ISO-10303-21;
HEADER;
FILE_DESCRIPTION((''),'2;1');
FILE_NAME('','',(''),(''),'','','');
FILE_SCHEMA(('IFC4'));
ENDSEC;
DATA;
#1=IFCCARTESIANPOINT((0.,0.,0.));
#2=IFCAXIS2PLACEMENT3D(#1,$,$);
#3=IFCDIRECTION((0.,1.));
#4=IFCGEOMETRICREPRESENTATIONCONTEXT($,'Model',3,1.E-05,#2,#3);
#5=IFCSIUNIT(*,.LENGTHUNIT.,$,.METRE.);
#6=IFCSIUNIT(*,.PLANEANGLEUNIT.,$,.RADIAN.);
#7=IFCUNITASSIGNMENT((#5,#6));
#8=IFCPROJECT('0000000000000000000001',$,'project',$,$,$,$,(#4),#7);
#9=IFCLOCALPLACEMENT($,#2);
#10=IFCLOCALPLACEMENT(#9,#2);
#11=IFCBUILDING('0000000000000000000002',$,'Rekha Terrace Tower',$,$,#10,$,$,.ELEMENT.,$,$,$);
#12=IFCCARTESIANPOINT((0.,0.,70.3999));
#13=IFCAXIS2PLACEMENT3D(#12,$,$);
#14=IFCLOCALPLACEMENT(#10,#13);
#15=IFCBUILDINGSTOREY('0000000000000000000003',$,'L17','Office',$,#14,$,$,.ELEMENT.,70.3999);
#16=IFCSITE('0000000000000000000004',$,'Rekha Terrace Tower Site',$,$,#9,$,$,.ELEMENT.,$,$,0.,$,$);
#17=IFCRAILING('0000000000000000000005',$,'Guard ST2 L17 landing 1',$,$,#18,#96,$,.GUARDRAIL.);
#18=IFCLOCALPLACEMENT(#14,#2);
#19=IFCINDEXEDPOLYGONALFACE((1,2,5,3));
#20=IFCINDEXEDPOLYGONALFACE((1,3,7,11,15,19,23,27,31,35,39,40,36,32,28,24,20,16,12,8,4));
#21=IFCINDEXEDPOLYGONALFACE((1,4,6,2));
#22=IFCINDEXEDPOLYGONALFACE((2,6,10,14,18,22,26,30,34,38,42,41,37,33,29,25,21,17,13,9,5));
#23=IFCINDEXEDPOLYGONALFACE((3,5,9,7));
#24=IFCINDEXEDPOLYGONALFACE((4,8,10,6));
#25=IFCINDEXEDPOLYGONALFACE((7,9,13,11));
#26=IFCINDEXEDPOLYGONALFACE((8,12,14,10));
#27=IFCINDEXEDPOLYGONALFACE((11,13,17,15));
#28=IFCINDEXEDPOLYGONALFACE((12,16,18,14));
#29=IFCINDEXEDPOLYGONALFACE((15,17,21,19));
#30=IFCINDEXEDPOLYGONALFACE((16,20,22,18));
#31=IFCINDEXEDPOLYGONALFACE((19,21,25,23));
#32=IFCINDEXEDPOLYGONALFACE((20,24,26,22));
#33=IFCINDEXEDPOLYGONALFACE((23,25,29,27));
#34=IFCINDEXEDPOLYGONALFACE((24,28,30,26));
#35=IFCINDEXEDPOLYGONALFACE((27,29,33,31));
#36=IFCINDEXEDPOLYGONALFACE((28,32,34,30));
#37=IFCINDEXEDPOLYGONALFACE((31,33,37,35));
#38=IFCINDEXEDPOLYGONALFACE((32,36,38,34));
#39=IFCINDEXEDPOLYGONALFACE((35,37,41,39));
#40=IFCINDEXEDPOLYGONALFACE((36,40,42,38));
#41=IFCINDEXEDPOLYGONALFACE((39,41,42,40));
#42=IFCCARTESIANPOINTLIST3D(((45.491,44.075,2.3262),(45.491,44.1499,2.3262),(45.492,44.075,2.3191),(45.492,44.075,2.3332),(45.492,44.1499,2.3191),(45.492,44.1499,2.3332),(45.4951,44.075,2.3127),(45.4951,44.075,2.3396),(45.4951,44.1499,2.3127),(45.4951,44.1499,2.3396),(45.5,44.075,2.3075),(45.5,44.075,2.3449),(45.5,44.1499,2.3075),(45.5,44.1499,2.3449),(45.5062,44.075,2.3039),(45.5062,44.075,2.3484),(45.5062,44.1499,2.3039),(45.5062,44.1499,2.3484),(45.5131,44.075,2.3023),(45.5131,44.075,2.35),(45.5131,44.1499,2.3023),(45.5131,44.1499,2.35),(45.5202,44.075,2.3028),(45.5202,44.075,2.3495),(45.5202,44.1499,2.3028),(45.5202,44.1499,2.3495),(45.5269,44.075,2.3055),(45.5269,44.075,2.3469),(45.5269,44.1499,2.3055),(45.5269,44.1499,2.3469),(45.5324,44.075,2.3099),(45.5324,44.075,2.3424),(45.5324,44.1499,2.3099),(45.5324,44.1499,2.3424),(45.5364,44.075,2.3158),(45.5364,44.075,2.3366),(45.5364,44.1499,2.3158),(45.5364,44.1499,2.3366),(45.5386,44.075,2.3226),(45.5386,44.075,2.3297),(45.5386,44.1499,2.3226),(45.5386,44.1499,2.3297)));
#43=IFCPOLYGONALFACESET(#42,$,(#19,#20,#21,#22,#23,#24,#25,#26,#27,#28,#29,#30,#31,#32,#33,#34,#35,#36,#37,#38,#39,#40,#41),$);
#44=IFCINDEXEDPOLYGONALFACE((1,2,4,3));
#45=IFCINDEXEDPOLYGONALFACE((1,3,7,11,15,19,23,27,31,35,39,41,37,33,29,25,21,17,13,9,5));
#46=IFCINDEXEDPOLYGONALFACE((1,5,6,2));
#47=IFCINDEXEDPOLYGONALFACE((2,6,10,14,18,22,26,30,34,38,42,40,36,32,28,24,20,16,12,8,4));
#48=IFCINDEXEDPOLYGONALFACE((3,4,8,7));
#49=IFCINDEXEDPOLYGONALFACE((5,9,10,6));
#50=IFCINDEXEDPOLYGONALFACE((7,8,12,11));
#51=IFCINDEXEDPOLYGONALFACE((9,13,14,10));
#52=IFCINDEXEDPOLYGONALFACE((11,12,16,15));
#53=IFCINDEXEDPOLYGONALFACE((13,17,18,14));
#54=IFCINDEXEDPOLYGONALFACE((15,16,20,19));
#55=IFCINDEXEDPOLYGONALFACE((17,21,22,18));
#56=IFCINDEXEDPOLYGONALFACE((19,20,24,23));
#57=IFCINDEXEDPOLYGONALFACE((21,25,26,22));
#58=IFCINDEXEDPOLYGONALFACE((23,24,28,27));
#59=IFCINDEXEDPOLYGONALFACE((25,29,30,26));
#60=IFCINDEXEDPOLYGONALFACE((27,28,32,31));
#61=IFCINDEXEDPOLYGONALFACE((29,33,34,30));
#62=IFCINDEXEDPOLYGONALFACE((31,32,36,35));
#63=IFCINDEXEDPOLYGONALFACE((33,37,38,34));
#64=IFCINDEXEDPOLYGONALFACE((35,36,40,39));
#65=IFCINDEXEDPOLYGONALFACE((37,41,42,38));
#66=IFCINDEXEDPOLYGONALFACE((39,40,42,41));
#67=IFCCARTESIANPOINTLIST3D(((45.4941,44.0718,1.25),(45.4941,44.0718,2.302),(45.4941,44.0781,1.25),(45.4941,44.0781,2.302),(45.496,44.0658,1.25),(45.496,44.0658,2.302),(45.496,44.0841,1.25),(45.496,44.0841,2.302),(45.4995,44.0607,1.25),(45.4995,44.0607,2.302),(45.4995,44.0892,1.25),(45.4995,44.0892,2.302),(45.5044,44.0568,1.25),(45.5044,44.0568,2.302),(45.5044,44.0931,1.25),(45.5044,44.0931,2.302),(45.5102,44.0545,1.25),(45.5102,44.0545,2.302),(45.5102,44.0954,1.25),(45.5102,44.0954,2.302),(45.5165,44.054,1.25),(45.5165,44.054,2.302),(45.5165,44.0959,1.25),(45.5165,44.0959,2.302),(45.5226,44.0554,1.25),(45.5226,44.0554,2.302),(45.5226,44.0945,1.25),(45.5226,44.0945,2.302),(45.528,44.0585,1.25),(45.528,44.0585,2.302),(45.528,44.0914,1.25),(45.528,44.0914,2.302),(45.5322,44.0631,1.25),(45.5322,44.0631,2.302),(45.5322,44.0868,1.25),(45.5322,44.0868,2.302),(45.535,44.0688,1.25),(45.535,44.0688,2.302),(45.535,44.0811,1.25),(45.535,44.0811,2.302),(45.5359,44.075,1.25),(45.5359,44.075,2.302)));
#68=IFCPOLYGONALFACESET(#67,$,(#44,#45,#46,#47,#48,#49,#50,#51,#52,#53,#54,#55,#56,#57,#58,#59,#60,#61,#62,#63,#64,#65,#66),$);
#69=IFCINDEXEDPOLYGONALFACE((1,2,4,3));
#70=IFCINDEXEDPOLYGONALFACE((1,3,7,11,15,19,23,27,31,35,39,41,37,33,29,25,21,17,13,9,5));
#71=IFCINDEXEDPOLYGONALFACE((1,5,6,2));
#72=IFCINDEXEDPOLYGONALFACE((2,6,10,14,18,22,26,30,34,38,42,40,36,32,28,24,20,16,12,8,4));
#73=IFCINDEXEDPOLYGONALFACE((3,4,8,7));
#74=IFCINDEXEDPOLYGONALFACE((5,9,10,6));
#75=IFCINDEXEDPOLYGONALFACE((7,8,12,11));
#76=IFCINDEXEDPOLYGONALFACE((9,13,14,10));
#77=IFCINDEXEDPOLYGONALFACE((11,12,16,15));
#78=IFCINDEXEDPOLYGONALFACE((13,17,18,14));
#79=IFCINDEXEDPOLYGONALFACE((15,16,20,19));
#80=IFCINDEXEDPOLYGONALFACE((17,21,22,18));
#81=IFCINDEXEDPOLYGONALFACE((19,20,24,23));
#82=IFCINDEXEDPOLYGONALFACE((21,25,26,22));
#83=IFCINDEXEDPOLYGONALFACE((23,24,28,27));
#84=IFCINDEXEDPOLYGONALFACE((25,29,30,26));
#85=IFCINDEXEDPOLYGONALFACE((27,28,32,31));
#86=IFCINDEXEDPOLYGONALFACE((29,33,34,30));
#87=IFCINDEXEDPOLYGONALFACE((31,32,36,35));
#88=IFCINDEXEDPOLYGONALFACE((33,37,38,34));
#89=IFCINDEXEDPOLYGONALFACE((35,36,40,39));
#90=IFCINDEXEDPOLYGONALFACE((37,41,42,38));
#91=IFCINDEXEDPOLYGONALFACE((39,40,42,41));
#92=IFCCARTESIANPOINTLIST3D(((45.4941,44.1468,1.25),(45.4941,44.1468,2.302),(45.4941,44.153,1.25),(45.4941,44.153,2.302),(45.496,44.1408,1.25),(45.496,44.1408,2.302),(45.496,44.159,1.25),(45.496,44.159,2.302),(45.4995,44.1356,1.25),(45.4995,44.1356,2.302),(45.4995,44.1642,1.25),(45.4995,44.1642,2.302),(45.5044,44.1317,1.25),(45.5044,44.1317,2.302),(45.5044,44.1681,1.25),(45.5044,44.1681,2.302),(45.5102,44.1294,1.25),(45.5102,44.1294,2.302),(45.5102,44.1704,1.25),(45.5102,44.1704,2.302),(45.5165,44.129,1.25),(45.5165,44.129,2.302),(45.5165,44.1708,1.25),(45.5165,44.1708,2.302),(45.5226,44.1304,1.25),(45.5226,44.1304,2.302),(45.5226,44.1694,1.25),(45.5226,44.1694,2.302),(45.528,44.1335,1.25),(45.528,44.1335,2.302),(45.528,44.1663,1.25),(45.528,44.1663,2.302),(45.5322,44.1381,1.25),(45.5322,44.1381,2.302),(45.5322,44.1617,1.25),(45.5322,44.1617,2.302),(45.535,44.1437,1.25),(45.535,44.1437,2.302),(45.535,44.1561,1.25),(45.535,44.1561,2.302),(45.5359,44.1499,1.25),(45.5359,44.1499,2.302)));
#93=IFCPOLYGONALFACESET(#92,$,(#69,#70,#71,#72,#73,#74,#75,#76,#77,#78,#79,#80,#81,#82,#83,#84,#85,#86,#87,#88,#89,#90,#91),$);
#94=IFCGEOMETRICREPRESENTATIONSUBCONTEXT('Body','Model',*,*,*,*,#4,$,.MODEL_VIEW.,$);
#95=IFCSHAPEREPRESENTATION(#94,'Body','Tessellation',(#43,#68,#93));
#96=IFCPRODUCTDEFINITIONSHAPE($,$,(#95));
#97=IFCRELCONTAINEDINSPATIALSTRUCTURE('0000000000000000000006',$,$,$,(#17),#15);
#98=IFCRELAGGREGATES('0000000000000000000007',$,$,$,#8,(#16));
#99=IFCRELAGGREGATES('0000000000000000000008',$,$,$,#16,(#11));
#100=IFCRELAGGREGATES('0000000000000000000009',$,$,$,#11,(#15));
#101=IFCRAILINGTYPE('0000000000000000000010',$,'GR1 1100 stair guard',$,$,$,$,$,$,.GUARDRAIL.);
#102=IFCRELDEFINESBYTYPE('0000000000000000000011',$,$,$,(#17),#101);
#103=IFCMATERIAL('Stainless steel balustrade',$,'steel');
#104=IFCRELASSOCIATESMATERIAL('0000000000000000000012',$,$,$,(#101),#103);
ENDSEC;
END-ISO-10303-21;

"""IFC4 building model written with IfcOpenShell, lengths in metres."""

from ifc_helpers import new_model, si_unit, direction, frame, origin, origin_2d, place, context, subcontext, project, spatial, circle, extrude, material, type_object, element, save


model = new_model("IFC4")

# Units and contexts
model_context = context("Model", 3, precision=1e-05, world=origin(), true_north=direction((0.0, 1.0)))
body_context = subcontext(model_context, "Body", "Model", "MODEL_VIEW")
ifc_project = project(units=[si_unit("LENGTHUNIT", "METRE"), si_unit("PLANEANGLEUNIT", "RADIAN")], contexts=[model_context])

# Site, building, storey
site_placement = place(None, origin())
site = spatial("IfcSite", under=ifc_project, at=site_placement, Name="Rekha Terrace Tower Site", CompositionType="ELEMENT", RefElevation=0.0)
building_placement = place(site_placement, origin())
building = spatial("IfcBuilding", under=site, at=building_placement, Name="Rekha Terrace Tower", CompositionType="ELEMENT")
storey_placement = place(building_placement, frame((0.0, 0.0, 70.3999)))
storey = spatial("IfcBuildingStorey", under=building, at=storey_placement, Name="L17", Description="Office", CompositionType="ELEMENT", Elevation=70.3999)

# Railing
ifc_material_1 = material(Name="Stainless steel balustrade", Category="steel")
railing_type_1 = type_object("IfcRailingType", Name="GR1 1100 stair guard", PredefinedType="GUARDRAIL", material=ifc_material_1)
railing_1_placement = place(storey_placement, frame((45.5149, 44.075, 1.25)))
element("IfcRailing", 1, at=railing_1_placement, inside=storey, type_object=railing_type_1, Name="Guard ST2 L17 landing 1", PredefinedType="GUARDRAIL", context=body_context, shape_type="SweptSolid", body=[
    extrude(circle(Radius=0.0239, at=origin_2d()), frame((0.0, 0.0, 1.0762), z_axis=(0.0, 1.0, 0.0), x_axis=(-1.0, 0.0, 0.0)), (0.0, 0.0, 1.0), 0.075),
    extrude(circle(Radius=0.021, at=origin_2d()), origin(), (0.0, 0.0, 1.0), 1.052),
    extrude(circle(Radius=0.021, at=origin_2d()), frame((0.0, 0.075, 0.0)), (0.0, 0.0, 1.0), 1.052),
])

save(model, "model.ifc")
